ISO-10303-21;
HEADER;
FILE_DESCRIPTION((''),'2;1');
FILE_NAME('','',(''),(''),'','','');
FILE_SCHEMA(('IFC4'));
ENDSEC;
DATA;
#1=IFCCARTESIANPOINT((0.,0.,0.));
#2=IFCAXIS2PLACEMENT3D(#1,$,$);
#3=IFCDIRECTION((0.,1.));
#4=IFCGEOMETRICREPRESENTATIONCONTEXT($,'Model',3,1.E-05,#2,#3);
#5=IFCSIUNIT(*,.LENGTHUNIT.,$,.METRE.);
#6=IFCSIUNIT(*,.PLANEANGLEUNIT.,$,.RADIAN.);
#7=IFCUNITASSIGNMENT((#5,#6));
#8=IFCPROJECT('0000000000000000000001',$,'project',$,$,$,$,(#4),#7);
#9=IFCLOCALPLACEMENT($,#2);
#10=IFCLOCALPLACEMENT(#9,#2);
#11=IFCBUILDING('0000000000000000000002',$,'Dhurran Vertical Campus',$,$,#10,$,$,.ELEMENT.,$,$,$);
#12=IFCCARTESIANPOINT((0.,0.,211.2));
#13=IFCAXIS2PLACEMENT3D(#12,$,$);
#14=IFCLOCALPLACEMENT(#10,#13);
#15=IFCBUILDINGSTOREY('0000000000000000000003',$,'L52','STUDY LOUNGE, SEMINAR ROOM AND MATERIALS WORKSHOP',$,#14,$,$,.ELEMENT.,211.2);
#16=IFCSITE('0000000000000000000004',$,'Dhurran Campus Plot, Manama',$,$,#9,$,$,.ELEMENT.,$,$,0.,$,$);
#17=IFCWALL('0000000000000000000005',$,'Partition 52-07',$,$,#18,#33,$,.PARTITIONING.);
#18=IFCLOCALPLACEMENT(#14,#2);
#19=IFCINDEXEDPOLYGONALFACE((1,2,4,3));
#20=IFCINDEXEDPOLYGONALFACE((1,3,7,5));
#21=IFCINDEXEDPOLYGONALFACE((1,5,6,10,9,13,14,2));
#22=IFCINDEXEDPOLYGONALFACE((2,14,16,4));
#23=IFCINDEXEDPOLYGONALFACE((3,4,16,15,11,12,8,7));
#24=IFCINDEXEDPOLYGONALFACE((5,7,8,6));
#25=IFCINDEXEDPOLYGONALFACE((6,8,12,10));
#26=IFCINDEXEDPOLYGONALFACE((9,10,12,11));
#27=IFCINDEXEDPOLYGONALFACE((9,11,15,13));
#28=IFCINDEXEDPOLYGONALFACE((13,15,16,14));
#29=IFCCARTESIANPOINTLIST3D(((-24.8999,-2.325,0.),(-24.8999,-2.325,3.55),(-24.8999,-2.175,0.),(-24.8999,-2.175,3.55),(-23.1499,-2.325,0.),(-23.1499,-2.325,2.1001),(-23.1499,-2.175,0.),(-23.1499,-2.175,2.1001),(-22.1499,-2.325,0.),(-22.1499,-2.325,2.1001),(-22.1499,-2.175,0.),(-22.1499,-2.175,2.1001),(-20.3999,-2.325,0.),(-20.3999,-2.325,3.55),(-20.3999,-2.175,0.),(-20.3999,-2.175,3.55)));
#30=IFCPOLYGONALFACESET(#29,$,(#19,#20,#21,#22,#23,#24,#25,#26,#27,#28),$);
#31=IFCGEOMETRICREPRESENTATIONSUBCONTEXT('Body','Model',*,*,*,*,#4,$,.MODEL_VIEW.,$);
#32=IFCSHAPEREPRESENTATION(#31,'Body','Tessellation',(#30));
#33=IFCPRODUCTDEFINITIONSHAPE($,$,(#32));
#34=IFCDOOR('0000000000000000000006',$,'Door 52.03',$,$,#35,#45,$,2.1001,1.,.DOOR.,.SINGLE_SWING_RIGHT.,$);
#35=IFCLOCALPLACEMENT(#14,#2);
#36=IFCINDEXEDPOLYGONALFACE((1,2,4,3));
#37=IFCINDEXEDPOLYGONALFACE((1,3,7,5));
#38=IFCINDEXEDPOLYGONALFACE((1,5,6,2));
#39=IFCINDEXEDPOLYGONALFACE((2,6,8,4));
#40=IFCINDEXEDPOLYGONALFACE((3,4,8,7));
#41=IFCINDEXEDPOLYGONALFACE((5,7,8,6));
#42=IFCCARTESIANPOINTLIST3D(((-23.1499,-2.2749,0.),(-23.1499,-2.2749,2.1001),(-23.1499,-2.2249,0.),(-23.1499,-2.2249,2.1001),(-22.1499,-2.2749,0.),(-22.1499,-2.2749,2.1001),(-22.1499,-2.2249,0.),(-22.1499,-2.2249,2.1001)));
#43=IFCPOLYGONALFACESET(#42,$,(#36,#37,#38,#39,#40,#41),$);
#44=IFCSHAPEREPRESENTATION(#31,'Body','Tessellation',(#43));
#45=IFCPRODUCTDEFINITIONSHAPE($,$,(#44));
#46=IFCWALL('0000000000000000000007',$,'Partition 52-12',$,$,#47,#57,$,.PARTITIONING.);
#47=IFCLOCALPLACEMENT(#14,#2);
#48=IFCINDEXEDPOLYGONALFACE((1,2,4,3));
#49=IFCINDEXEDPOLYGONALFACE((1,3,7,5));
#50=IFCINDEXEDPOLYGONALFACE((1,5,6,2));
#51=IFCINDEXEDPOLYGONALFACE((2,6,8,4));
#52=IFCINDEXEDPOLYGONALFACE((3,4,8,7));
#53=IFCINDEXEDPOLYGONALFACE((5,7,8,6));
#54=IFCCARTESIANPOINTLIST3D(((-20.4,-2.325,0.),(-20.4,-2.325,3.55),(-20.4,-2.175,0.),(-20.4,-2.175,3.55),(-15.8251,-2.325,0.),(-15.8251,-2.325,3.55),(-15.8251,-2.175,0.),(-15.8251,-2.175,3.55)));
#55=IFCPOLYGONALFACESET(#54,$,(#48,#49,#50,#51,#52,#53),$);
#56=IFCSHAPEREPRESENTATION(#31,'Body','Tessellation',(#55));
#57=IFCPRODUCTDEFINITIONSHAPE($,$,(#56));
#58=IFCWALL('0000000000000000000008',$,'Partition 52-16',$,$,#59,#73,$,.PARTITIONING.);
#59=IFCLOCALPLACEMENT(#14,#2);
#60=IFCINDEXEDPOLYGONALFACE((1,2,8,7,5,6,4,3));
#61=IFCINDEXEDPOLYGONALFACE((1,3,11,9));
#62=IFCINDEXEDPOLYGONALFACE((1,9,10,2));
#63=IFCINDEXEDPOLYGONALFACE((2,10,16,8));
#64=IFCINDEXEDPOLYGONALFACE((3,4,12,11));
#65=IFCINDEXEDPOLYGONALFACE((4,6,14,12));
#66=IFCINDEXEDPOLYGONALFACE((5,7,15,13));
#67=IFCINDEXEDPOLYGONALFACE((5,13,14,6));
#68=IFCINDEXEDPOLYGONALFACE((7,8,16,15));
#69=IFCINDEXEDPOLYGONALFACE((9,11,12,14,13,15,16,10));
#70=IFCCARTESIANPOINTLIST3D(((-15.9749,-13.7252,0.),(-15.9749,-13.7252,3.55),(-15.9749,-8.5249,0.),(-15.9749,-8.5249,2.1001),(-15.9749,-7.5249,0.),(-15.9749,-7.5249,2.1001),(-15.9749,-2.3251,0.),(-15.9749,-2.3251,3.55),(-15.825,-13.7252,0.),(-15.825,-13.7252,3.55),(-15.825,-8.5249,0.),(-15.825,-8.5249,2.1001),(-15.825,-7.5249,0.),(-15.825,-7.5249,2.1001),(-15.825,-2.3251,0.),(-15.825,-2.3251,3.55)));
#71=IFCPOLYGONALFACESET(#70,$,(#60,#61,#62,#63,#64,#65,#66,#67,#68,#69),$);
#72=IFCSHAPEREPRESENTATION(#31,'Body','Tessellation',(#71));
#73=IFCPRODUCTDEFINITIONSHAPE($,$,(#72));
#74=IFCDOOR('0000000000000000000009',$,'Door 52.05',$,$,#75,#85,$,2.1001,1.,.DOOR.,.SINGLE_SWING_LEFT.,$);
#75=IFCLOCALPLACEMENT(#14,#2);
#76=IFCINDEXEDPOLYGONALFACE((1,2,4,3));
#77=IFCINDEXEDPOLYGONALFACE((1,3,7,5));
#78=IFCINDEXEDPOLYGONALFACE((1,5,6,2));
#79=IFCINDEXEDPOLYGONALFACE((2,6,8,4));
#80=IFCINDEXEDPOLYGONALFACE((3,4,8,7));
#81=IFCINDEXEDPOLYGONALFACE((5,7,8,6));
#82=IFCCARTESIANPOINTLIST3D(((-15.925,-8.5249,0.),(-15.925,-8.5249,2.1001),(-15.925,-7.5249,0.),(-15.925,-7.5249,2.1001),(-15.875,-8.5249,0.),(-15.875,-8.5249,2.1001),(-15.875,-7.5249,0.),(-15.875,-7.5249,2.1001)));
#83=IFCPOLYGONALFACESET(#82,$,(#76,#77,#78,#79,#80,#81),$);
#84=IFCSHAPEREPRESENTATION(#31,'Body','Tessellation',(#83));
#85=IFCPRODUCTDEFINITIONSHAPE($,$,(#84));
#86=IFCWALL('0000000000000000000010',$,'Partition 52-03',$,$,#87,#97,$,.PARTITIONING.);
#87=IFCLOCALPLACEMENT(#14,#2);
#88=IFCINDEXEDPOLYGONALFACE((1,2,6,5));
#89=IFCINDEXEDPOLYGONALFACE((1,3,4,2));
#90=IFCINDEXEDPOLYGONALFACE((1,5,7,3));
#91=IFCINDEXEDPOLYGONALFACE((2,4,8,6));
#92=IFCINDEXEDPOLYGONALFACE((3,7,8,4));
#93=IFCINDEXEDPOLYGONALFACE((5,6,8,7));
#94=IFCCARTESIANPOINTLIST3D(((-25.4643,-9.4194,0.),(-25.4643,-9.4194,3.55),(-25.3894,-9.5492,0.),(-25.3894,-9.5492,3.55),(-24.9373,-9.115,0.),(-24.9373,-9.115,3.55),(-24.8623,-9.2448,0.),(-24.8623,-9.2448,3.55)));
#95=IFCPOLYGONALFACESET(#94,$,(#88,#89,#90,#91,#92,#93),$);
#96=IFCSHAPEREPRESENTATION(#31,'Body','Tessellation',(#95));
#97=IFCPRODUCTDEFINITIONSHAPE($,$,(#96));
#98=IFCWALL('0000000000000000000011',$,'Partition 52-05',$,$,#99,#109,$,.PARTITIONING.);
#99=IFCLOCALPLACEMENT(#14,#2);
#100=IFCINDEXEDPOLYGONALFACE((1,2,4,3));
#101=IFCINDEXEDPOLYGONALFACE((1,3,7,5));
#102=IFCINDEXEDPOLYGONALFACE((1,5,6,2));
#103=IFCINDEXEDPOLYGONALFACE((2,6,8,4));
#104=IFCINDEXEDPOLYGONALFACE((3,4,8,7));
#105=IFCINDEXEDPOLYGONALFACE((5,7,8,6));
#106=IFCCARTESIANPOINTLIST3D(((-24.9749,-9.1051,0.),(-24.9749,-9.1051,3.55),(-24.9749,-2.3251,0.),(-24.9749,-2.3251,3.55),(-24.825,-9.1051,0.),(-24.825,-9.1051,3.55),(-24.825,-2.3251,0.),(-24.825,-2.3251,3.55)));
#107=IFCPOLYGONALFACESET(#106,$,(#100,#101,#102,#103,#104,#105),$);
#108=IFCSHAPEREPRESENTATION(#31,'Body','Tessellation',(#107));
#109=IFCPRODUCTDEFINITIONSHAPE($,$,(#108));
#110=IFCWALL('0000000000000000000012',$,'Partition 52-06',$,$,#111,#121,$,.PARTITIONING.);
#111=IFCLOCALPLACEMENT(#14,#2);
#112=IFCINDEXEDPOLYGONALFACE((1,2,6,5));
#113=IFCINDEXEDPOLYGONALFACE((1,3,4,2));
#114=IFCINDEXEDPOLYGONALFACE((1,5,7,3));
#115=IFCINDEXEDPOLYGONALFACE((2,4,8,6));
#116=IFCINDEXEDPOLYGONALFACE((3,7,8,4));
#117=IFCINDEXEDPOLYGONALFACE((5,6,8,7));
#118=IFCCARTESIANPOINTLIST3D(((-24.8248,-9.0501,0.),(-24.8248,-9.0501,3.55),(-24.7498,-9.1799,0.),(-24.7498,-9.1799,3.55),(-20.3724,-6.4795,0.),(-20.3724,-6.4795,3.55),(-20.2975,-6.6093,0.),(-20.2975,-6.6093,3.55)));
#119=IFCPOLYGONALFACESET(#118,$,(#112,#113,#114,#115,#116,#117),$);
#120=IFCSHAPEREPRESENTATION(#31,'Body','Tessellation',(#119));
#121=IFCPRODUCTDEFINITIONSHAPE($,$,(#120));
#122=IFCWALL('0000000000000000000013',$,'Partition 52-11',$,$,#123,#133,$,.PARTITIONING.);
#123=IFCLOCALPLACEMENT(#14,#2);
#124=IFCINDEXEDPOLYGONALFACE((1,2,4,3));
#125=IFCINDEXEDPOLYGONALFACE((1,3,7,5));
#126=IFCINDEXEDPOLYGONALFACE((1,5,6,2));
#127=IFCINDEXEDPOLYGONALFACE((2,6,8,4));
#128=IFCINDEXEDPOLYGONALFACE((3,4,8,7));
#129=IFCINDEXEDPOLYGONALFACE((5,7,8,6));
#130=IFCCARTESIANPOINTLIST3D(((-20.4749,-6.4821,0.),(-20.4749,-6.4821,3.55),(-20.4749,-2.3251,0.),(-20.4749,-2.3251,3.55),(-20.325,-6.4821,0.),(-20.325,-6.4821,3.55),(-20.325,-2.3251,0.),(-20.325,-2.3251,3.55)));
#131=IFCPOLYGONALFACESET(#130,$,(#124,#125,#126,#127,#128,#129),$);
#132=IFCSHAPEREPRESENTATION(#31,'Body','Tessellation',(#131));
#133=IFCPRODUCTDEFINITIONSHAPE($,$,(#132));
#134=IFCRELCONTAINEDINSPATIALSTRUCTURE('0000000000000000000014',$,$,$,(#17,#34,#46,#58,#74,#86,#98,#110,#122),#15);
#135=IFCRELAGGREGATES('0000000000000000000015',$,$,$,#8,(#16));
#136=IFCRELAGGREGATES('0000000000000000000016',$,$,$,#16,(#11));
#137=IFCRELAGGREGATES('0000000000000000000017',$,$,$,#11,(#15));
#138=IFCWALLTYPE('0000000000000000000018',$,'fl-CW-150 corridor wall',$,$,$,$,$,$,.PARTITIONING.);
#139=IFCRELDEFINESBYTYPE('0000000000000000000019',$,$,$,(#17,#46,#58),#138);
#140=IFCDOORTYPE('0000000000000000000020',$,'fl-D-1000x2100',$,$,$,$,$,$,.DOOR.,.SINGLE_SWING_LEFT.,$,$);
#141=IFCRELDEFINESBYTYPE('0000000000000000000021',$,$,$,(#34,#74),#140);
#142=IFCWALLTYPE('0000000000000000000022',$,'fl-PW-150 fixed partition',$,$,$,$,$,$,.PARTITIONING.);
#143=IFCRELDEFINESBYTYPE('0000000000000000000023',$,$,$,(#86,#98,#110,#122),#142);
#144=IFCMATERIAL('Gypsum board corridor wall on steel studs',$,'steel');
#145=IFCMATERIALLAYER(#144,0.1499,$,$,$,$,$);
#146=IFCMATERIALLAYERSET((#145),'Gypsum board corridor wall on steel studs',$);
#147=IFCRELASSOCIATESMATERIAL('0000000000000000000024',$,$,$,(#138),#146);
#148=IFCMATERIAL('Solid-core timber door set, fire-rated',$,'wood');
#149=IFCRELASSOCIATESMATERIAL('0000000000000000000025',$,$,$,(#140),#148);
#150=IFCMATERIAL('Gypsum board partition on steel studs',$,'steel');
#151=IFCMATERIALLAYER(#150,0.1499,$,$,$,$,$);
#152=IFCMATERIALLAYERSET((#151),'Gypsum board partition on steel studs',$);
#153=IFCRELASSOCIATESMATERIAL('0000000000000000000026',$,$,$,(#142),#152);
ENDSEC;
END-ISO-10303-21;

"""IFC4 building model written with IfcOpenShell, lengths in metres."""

from ifc_helpers import new_model, si_unit, direction, frame, frame_2d, origin, place, context, subcontext, project, spatial, rectangle, extrude, material, layer, layer_set, type_object, element, fill, save


model = new_model("IFC4")

# Units and contexts
model_context = context("Model", 3, precision=1e-05, world=origin(), true_north=direction((0.0, 1.0)))
body_context = subcontext(model_context, "Body", "Model", "MODEL_VIEW")
ifc_project = project(units=[si_unit("LENGTHUNIT", "METRE"), si_unit("PLANEANGLEUNIT", "RADIAN")], contexts=[model_context])

# Site, building, storey
site_placement = place(None, origin())
site = spatial("IfcSite", under=ifc_project, at=site_placement, Name="Dhurran Campus Plot, Manama", CompositionType="ELEMENT", RefElevation=0.0)
building_placement = place(site_placement, origin())
building = spatial("IfcBuilding", under=site, at=building_placement, Name="Dhurran Vertical Campus", CompositionType="ELEMENT")
storey_placement = place(building_placement, frame((0.0, 0.0, 211.2)))
storey = spatial("IfcBuildingStorey", under=building, at=storey_placement, Name="L52", Description="STUDY LOUNGE, SEMINAR ROOM AND MATERIALS WORKSHOP", CompositionType="ELEMENT", Elevation=211.2)

# Wall, opening, door
ifc_material_1 = material(Name="Gypsum board corridor wall on steel studs", Category="steel")
ifc_layer_1 = layer(ifc_material_1, 0.1499)
ifc_layer_set_1 = layer_set([ifc_layer_1], Name="Gypsum board corridor wall on steel studs")
wall_type_1 = type_object("IfcWallType", Name="fl-CW-150 corridor wall", PredefinedType="PARTITIONING", material=ifc_layer_set_1)
ifc_material_2 = material(Name="Solid-core timber door set, fire-rated", Category="wood")
door_type_1 = type_object("IfcDoorType", Name="fl-D-1000x2100", OperationType="SINGLE_SWING_LEFT", PredefinedType="DOOR", material=ifc_material_2)
wall_1_placement = place(storey_placement, frame((-20.3999, -2.25, 0.0), z_axis=(0.0, 0.0, 1.0), x_axis=(-1.0, 0.0, 0.0)))
wall_1 = element("IfcWall", 1, at=wall_1_placement, inside=storey, type_object=wall_type_1, Name="Partition 52-07", PredefinedType="PARTITIONING", context=body_context, shape_type="SweptSolid", body=[
    extrude(rectangle(XDim=4.5, YDim=0.1499, at=frame_2d((2.25, 0.0))), origin(), (0.0, 0.0, 1.0), 3.55),
])
opening_1_placement = place(wall_1_placement, frame((1.75, 0.0, 0.0)))
opening_1 = element("IfcOpeningElement", 2, at=opening_1_placement, cuts=wall_1, PredefinedType="OPENING", context=body_context, shape_type="SweptSolid", body=[
    extrude(rectangle(XDim=1.0, YDim=2.1001, at=frame_2d((0.5, 1.05))), frame((0.0, 0.085, 0.0), z_axis=(0.0, -1.0, 0.0), x_axis=(1.0, 0.0, 0.0)), (0.0, 0.0, 1.0), 0.1699),
])
door_1_placement = place(opening_1_placement, origin())
door_1 = element("IfcDoor", 3, at=door_1_placement, inside=storey, type_object=door_type_1, Name="Door 52.03", OperationType="SINGLE_SWING_RIGHT", OverallHeight=2.1001, OverallWidth=1.0, PredefinedType="DOOR", context=body_context, shape_type="SweptSolid", body=[
    extrude(rectangle(XDim=1.0, YDim=2.1001, at=frame_2d((0.5, 1.05))), frame((0.0, 0.0249, 0.0), z_axis=(0.0, -1.0, 0.0), x_axis=(1.0, 0.0, 0.0)), (0.0, 0.0, 1.0), 0.05),
])
fill(opening_1, door_1)

# Wall
wall_2_placement = place(storey_placement, frame((-15.825, -2.25, 0.0), z_axis=(0.0, 0.0, 1.0), x_axis=(-1.0, 0.0, 0.0)))
element("IfcWall", 4, at=wall_2_placement, inside=storey, type_object=wall_type_1, Name="Partition 52-12", PredefinedType="PARTITIONING", context=body_context, shape_type="SweptSolid", body=[
    extrude(rectangle(XDim=4.575, YDim=0.1499, at=frame_2d((2.2876, 0.0))), origin(), (0.0, 0.0, 1.0), 3.55),
])

# Wall, opening, door
wall_3_placement = place(storey_placement, frame((-15.8999, -2.325, 0.0), z_axis=(0.0, 0.0, 1.0), x_axis=(0.0, -1.0, 0.0)))
wall_3 = element("IfcWall", 5, at=wall_3_placement, inside=storey, type_object=wall_type_1, Name="Partition 52-16", PredefinedType="PARTITIONING", context=body_context, shape_type="SweptSolid", body=[
    extrude(rectangle(XDim=11.4001, YDim=0.1499, at=frame_2d((5.7002, 0.0))), origin(), (0.0, 0.0, 1.0), 3.55),
])
opening_2_placement = place(wall_3_placement, frame((5.2, 0.0, 0.0)))
opening_2 = element("IfcOpeningElement", 6, at=opening_2_placement, cuts=wall_3, PredefinedType="OPENING", context=body_context, shape_type="SweptSolid", body=[
    extrude(rectangle(XDim=1.0, YDim=2.1001, at=frame_2d((0.5, 1.05))), frame((0.0, 0.085, 0.0), z_axis=(0.0, -1.0, 0.0), x_axis=(1.0, 0.0, 0.0)), (0.0, 0.0, 1.0), 0.1699),
])
door_2_placement = place(opening_2_placement, origin())
door_2 = element("IfcDoor", 7, at=door_2_placement, inside=storey, type_object=door_type_1, Name="Door 52.05", OperationType="SINGLE_SWING_LEFT", OverallHeight=2.1001, OverallWidth=1.0, PredefinedType="DOOR", context=body_context, shape_type="SweptSolid", body=[
    extrude(rectangle(XDim=1.0, YDim=2.1001, at=frame_2d((0.5, 1.05))), frame((0.0, 0.0249, 0.0), z_axis=(0.0, -1.0, 0.0), x_axis=(1.0, 0.0, 0.0)), (0.0, 0.0, 1.0), 0.05),
])
fill(opening_2, door_2)

# Walls
ifc_material_3 = material(Name="Gypsum board partition on steel studs", Category="steel")
ifc_layer_2 = layer(ifc_material_3, 0.1499)
ifc_layer_set_2 = layer_set([ifc_layer_2], Name="Gypsum board partition on steel studs")
wall_type_2 = type_object("IfcWallType", Name="fl-PW-150 fixed partition", PredefinedType="PARTITIONING", material=ifc_layer_set_2)
wall_4_placement = place(storey_placement, frame((-24.8999, -9.1799, 0.0), z_axis=(0.0, 0.0, 1.0), x_axis=(-0.865938, -0.500151, 0.0)))
element("IfcWall", 8, at=wall_4_placement, inside=storey, type_object=wall_type_2, Name="Partition 52-03", PredefinedType="PARTITIONING", context=body_context, shape_type="SweptSolid", body=[
    extrude(rectangle(XDim=0.6086, YDim=0.1499, at=frame_2d((0.3042, 0.0))), origin(), (0.0, 0.0, 1.0), 3.55),
])
wall_5_placement = place(storey_placement, frame((-24.8999, -2.325, 0.0), z_axis=(0.0, 0.0, 1.0), x_axis=(0.0, -1.0, 0.0)))
element("IfcWall", 9, at=wall_5_placement, inside=storey, type_object=wall_type_2, Name="Partition 52-05", PredefinedType="PARTITIONING", context=body_context, shape_type="SweptSolid", body=[
    extrude(rectangle(XDim=6.78, YDim=0.1499, at=frame_2d((3.3901, 0.0))), origin(), (0.0, 0.0, 1.0), 3.55),
])
wall_6_placement = place(storey_placement, frame((-20.335, -6.5444, 0.0), z_axis=(0.0, 0.0, 1.0), x_axis=(-0.866028, -0.499995, 0.0)))
element("IfcWall", 10, at=wall_6_placement, inside=storey, type_object=wall_type_2, Name="Partition 52-06", PredefinedType="PARTITIONING", context=body_context, shape_type="SweptSolid", body=[
    extrude(rectangle(XDim=5.1411, YDim=0.1499, at=frame_2d((2.5706, 0.0))), origin(), (0.0, 0.0, 1.0), 3.55),
])
wall_7_placement = place(storey_placement, frame((-20.3999, -2.325, 0.0), z_axis=(0.0, 0.0, 1.0), x_axis=(0.0, -1.0, 0.0)))
element("IfcWall", 11, at=wall_7_placement, inside=storey, type_object=wall_type_2, Name="Partition 52-11", PredefinedType="PARTITIONING", context=body_context, shape_type="SweptSolid", body=[
    extrude(rectangle(XDim=4.157, YDim=0.1499, at=frame_2d((2.0786, 0.0))), origin(), (0.0, 0.0, 1.0), 3.55),
])

save(model, "model.ifc")
